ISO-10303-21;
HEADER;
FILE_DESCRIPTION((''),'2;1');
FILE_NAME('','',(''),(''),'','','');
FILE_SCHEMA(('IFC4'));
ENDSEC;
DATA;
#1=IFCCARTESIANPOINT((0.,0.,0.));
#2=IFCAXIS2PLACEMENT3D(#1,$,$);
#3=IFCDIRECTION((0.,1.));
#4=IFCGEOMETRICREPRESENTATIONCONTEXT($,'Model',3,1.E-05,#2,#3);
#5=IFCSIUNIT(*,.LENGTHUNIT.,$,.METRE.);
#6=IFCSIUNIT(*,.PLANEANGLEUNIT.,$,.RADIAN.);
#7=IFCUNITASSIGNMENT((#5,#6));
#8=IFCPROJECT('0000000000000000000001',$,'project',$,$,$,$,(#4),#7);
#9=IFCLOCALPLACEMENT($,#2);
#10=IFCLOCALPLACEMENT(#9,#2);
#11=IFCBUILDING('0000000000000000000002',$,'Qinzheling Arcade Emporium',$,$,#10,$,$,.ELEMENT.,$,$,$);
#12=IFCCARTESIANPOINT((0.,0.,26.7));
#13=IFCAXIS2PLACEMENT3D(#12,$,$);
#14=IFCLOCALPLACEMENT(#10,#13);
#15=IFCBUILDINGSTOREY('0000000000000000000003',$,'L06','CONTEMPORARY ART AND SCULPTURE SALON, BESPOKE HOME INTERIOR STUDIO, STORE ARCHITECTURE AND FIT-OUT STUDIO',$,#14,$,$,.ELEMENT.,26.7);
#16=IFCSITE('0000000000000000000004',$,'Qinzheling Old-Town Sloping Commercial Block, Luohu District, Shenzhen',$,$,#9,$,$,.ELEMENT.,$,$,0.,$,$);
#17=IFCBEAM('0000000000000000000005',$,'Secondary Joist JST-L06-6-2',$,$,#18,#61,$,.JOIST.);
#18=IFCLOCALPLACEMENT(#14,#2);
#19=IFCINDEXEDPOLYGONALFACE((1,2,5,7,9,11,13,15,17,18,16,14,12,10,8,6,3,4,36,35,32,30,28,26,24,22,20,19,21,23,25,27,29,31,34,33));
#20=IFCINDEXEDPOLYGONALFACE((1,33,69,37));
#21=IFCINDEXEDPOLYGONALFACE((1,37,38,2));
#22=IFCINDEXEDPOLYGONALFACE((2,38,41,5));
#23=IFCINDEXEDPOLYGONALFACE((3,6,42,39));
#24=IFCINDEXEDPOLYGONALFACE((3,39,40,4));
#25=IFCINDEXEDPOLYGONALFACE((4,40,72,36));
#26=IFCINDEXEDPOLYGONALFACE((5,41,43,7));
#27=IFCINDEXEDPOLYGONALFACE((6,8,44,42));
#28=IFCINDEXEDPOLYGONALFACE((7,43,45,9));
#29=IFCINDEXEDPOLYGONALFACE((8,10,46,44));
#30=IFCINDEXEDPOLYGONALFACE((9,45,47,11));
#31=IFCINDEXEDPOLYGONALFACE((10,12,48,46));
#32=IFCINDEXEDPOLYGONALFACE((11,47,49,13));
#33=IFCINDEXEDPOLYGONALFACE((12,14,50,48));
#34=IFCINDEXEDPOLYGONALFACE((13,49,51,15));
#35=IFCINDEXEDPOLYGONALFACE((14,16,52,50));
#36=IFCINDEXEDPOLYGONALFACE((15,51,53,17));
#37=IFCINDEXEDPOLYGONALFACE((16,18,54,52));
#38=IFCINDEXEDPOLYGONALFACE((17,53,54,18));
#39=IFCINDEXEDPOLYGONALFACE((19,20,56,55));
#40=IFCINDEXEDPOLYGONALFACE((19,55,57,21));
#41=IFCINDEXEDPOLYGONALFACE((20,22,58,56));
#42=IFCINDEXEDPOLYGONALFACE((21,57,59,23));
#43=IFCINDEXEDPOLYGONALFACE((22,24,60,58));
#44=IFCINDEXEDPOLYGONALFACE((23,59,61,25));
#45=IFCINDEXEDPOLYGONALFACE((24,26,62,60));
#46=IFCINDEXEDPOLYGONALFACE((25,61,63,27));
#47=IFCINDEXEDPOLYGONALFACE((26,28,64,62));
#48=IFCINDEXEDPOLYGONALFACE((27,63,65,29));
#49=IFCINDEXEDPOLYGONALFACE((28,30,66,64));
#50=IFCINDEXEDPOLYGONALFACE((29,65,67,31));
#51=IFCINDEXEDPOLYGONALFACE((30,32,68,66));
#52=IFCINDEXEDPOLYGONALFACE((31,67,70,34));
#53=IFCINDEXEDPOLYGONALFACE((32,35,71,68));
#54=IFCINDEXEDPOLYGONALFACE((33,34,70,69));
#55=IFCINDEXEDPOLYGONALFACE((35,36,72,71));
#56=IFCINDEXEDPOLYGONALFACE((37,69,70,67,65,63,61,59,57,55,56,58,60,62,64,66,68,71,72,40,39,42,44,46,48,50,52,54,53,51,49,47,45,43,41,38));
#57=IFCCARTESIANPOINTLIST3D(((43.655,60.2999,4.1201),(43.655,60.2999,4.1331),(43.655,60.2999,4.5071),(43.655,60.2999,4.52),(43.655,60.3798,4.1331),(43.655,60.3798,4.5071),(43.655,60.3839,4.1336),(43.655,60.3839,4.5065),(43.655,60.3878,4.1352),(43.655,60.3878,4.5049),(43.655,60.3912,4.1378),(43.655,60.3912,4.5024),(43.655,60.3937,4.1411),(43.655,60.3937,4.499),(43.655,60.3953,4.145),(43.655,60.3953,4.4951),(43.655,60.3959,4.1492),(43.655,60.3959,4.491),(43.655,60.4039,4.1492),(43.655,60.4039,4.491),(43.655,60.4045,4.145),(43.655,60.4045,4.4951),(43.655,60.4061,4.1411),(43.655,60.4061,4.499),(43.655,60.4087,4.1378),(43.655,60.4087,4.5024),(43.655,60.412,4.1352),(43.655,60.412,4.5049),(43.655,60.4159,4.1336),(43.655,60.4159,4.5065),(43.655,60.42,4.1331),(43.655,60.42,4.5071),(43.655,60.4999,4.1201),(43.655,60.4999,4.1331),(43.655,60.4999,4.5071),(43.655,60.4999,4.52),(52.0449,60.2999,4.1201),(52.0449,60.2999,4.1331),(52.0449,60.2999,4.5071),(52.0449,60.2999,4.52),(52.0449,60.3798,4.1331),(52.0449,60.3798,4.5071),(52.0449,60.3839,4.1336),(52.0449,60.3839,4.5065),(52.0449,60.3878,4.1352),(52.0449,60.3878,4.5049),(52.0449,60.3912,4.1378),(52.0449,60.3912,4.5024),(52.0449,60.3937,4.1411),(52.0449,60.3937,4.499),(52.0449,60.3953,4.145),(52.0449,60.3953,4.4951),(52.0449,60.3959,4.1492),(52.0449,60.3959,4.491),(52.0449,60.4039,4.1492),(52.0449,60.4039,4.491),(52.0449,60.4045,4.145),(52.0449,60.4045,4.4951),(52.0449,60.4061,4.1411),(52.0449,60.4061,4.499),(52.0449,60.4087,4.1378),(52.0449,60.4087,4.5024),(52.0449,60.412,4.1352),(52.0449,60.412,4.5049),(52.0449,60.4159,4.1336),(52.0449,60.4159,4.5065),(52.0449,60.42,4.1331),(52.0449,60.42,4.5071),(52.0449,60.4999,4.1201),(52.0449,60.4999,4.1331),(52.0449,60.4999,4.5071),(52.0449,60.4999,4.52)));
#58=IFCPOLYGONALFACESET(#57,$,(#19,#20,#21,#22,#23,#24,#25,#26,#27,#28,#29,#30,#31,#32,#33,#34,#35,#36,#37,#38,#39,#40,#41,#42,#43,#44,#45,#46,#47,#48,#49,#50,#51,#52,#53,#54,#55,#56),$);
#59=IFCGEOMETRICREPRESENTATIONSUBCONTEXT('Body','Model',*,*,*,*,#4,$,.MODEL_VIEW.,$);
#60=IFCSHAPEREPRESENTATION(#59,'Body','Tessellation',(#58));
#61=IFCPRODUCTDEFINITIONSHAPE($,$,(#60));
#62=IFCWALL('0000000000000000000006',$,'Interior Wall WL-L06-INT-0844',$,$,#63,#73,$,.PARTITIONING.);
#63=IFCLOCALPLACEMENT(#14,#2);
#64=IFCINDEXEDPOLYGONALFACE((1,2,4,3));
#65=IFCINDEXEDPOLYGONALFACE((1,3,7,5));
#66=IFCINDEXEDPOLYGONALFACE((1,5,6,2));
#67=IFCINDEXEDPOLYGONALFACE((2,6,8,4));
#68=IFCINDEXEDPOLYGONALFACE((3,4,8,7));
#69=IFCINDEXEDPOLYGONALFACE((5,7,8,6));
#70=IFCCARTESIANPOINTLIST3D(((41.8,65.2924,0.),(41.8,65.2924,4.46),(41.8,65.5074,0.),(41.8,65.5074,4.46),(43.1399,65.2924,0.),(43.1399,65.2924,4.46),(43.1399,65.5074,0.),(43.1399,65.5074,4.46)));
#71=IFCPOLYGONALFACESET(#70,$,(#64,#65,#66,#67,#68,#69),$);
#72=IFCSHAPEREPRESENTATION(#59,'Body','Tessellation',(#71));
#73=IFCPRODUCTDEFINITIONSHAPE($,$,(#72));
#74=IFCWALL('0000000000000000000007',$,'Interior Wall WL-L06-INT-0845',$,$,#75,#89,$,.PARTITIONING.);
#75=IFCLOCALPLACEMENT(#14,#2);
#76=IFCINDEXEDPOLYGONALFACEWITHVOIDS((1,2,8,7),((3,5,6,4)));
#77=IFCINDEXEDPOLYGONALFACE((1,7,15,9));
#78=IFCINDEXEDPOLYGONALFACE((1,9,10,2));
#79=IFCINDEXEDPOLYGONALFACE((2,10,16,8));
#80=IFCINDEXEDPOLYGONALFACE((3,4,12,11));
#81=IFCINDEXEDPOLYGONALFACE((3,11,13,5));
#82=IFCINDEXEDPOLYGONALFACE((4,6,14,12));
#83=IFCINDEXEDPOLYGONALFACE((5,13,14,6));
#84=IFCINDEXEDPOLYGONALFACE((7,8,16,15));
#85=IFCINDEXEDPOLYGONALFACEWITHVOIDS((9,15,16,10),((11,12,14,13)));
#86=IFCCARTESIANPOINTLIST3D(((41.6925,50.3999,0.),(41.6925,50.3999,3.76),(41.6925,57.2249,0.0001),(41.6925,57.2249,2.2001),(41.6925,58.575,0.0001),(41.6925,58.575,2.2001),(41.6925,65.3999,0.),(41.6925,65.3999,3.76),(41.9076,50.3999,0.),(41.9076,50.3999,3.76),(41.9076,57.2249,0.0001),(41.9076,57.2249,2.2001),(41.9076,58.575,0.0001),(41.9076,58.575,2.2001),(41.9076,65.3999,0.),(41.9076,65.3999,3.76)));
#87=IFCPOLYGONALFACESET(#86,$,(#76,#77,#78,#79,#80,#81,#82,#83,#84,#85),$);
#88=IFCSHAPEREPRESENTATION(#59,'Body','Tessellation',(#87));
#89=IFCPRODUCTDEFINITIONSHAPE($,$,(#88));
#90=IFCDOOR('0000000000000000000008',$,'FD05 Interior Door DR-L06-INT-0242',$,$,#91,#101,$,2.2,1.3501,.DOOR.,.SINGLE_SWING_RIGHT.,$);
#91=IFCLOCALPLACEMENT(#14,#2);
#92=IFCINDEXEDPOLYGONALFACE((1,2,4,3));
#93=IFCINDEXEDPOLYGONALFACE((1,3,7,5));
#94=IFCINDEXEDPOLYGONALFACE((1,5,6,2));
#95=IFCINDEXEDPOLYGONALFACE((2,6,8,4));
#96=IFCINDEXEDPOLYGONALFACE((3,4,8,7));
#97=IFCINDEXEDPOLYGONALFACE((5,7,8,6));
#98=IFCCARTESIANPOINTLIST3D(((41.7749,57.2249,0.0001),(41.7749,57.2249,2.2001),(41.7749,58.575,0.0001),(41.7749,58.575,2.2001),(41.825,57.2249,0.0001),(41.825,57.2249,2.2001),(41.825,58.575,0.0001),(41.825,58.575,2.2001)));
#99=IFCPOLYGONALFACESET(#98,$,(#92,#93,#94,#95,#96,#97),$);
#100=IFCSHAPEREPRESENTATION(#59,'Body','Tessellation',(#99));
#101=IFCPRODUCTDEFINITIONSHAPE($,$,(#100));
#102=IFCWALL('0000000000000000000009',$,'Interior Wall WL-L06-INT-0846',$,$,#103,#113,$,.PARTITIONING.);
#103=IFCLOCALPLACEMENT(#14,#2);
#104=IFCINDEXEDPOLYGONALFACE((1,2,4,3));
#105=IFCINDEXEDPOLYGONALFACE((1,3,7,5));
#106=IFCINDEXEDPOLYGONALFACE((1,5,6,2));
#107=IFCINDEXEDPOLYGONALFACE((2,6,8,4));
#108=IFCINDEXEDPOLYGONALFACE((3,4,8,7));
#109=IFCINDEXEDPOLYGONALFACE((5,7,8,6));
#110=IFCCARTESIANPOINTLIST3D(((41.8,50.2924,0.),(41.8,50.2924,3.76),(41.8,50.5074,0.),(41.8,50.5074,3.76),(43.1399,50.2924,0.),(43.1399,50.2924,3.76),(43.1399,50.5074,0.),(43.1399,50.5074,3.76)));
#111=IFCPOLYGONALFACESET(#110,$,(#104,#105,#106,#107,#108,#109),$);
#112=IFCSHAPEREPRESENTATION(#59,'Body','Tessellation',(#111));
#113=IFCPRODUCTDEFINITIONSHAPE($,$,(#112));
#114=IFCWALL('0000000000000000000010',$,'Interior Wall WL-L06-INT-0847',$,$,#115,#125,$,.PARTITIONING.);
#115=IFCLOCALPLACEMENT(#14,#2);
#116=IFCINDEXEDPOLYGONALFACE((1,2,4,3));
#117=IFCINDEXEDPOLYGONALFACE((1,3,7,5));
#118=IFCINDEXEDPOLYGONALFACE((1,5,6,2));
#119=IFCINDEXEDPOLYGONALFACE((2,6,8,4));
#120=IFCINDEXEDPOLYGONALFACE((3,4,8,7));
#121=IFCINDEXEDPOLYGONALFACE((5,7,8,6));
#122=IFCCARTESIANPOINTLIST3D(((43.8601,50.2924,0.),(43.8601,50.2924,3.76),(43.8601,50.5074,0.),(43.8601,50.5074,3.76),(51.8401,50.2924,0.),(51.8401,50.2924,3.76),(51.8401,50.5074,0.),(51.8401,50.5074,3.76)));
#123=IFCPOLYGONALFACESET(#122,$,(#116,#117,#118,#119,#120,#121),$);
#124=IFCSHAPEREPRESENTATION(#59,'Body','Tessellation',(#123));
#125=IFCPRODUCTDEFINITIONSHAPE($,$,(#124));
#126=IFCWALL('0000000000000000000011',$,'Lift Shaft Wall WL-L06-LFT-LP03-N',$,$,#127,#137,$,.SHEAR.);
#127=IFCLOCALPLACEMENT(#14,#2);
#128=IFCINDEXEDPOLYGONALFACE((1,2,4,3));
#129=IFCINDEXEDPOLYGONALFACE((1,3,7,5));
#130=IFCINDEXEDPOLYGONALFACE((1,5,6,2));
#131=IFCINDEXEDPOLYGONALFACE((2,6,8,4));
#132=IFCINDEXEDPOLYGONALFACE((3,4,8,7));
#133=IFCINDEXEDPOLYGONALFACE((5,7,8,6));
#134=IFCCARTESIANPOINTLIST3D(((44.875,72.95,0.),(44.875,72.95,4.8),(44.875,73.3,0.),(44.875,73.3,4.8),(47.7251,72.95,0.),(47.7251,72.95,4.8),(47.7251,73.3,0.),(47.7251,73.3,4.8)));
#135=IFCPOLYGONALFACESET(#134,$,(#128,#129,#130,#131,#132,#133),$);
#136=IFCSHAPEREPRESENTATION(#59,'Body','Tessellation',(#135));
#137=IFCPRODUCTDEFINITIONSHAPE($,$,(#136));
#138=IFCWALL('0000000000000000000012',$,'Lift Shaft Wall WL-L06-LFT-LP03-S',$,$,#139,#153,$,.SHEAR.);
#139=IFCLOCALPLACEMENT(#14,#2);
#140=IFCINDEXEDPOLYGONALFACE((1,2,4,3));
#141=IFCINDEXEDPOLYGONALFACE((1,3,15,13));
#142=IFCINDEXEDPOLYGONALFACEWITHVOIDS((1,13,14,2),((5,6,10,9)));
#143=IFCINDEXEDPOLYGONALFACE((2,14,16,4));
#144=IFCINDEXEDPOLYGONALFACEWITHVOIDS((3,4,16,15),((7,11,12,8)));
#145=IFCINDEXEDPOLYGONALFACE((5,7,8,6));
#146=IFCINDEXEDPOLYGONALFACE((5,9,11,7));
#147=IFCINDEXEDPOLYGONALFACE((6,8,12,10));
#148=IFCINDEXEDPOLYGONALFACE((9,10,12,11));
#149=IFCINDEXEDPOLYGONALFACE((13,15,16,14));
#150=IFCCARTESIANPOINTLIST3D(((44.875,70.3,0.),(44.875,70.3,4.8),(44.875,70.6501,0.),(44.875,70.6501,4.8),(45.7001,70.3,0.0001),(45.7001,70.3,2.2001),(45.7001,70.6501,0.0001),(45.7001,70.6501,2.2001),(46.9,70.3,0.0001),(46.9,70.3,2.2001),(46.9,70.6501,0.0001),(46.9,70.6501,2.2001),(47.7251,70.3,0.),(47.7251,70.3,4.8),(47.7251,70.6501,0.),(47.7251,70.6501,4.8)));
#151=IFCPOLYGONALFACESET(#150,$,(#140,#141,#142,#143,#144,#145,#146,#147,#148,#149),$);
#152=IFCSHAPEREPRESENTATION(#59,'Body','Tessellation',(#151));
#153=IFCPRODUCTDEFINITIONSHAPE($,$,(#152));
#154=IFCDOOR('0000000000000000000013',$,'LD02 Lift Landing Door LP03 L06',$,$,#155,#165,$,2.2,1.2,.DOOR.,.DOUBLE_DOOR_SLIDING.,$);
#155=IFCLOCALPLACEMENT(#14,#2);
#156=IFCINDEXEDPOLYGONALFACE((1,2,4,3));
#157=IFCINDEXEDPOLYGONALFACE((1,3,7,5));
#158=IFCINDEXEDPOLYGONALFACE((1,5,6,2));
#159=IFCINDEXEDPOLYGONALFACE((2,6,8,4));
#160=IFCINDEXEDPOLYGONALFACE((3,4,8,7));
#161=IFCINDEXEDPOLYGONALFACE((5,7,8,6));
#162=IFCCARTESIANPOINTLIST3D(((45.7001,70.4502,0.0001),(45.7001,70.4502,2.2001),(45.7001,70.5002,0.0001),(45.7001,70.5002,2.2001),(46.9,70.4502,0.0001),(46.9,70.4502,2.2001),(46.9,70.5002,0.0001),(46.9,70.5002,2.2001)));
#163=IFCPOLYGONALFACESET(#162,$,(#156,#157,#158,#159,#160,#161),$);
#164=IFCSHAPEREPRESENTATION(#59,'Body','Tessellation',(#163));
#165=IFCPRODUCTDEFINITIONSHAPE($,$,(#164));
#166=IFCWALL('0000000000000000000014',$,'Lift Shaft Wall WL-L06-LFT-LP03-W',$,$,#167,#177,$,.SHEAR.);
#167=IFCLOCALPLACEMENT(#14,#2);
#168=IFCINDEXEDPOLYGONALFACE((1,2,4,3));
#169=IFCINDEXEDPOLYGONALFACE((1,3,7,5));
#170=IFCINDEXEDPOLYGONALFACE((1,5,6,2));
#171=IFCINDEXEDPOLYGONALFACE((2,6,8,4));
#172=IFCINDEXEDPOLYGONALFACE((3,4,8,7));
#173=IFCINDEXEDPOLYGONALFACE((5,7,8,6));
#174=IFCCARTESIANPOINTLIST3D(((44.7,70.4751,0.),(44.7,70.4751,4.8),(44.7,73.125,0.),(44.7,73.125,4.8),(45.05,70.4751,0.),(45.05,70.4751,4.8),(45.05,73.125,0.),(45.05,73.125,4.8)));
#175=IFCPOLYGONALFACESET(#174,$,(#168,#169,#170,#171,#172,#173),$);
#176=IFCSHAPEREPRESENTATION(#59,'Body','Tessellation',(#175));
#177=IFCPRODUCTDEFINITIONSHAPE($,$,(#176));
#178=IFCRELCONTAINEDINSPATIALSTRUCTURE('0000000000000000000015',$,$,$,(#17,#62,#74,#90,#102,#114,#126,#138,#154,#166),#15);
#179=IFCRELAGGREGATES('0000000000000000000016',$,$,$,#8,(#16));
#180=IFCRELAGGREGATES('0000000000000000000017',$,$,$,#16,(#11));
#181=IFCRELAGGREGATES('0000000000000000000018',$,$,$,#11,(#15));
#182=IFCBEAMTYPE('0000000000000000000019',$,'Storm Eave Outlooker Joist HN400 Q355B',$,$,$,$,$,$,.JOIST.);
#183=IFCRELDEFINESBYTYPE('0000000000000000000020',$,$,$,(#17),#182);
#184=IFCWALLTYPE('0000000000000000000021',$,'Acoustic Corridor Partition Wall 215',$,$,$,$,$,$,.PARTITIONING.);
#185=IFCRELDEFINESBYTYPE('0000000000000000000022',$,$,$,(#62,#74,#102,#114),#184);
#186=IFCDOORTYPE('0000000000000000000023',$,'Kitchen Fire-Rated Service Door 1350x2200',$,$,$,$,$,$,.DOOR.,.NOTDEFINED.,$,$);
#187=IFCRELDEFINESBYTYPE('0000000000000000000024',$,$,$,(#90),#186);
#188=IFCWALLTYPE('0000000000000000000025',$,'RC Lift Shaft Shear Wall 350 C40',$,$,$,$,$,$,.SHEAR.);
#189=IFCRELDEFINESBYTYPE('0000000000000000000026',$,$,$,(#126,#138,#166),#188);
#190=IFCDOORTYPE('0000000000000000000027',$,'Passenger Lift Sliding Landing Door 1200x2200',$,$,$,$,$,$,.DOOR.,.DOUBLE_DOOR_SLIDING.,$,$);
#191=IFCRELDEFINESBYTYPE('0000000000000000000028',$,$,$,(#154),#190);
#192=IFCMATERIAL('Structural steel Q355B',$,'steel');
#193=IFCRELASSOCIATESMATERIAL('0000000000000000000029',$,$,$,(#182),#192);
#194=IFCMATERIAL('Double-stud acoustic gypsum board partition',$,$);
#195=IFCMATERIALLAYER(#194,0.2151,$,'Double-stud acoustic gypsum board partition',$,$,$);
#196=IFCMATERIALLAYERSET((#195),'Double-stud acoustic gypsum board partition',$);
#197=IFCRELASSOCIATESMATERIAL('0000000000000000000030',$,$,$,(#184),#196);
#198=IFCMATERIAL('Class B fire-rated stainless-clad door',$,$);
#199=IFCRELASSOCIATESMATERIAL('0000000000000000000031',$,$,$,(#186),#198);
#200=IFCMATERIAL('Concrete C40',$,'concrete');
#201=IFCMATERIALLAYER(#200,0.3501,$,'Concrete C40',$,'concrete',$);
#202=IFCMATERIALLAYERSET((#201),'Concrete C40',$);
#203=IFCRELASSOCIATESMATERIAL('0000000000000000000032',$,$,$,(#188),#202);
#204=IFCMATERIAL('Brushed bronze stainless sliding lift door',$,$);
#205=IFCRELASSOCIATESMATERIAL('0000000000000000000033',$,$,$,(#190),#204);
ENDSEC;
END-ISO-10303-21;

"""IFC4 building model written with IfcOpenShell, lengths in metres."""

from ifc_helpers import new_model, si_unit, direction, frame, frame_2d, origin, origin_2d, place, context, subcontext, project, spatial, rectangle, i_section, extrude, material, layer, layer_set, material_profile, profile_set, type_object, element, fill, save


model = new_model("IFC4")

# Units and contexts
model_context = context("Model", 3, precision=1e-05, world=origin(), true_north=direction((0.0, 1.0)))
body_context = subcontext(model_context, "Body", "Model", "MODEL_VIEW")
ifc_project = project(units=[si_unit("LENGTHUNIT", "METRE"), si_unit("PLANEANGLEUNIT", "RADIAN")], contexts=[model_context])

# Site, building, storey
site_placement = place(None, origin())
site = spatial("IfcSite", under=ifc_project, at=site_placement, Name="Qinzheling Old-Town Sloping Commercial Block, Luohu District, Shenzhen", CompositionType="ELEMENT", RefElevation=0.0)
building_placement = place(site_placement, origin())
building = spatial("IfcBuilding", under=site, at=building_placement, Name="Qinzheling Arcade Emporium", CompositionType="ELEMENT")
storey_placement = place(building_placement, frame((0.0, 0.0, 26.7)))
storey = spatial("IfcBuildingStorey", under=building, at=storey_placement, Name="L06", Description="CONTEMPORARY ART AND SCULPTURE SALON, BESPOKE HOME INTERIOR STUDIO, STORE ARCHITECTURE AND FIT-OUT STUDIO", CompositionType="ELEMENT", Elevation=26.7)

# Shared definitions
ifc_material_1 = material(Name="Concrete C40", Category="concrete")

# Beam
ifc_material_2 = material(Name="Structural steel Q355B", Category="steel")
ifc_material_profile_1 = material_profile(ifc_material_2, i_section(OverallWidth=0.2, OverallDepth=0.3999, WebThickness=0.0081, FlangeThickness=0.0129, FilletRadius=0.0161, at=origin_2d()), Name="HN 400x200x8x13", Category="steel")
ifc_profile_set_1 = profile_set([ifc_material_profile_1], Name="Structural steel Q355B")
beam_type_1 = type_object("IfcBeamType", Name="Storm Eave Outlooker Joist HN400 Q355B", PredefinedType="JOIST", material=ifc_profile_set_1)
beam_1_placement = place(storey_placement, frame((43.655, 60.3999, 4.3201), z_axis=(1.0, 0.0, 0.0), x_axis=(0.0, 1.0, 0.0)))
element("IfcBeam", 1, at=beam_1_placement, inside=storey, type_object=beam_type_1, Name="Secondary Joist JST-L06-6-2", PredefinedType="JOIST", context=body_context, shape_type="SweptSolid", body=[
    extrude(i_section(OverallWidth=0.2, OverallDepth=0.3999, WebThickness=0.0081, FlangeThickness=0.0129, FilletRadius=0.0161, at=origin_2d()), origin(), (0.0, 0.0, 1.0), 8.3899),
])

# Wall
ifc_material_3 = material(Name="Double-stud acoustic gypsum board partition")
ifc_layer_1 = layer(ifc_material_3, 0.2151, Name="Double-stud acoustic gypsum board partition")
ifc_layer_set_1 = layer_set([ifc_layer_1], Name="Double-stud acoustic gypsum board partition")
wall_type_1 = type_object("IfcWallType", Name="Acoustic Corridor Partition Wall 215", PredefinedType="PARTITIONING", material=ifc_layer_set_1)
wall_1_placement = place(storey_placement, frame((43.1399, 65.3999, 0.0), z_axis=(0.0, 0.0, 1.0), x_axis=(-1.0, 0.0, 0.0)))
element("IfcWall", 2, at=wall_1_placement, inside=storey, type_object=wall_type_1, Name="Interior Wall WL-L06-INT-0844", PredefinedType="PARTITIONING", context=body_context, shape_type="SweptSolid", body=[
    extrude(rectangle(XDim=1.3398, YDim=0.2151, at=frame_2d((0.6699, 0.0))), origin(), (0.0, 0.0, 1.0), 4.46),
])

# Wall, opening, door
wall_2_placement = place(storey_placement, frame((41.8, 65.3999, 0.0), z_axis=(0.0, 0.0, 1.0), x_axis=(0.0, -1.0, 0.0)))
wall_2 = element("IfcWall", 3, at=wall_2_placement, inside=storey, type_object=wall_type_1, Name="Interior Wall WL-L06-INT-0845", PredefinedType="PARTITIONING", context=body_context, shape_type="SweptSolid", body=[
    extrude(rectangle(XDim=15.0, YDim=0.2151, at=frame_2d((7.5, 0.0))), origin(), (0.0, 0.0, 1.0), 3.76),
])
opening_1_placement = place(wall_2_placement, frame((6.825, 0.0, 0.0)))
opening_1 = element("IfcOpeningElement", 4, at=opening_1_placement, cuts=wall_2, PredefinedType="OPENING", context=body_context, shape_type="SweptSolid", body=[
    extrude(rectangle(XDim=1.3501, YDim=2.2, at=frame_2d((0.675, 1.1001))), frame((0.0, 0.1177, 0.0), z_axis=(0.0, -1.0, 0.0), x_axis=(1.0, 0.0, 0.0)), (0.0, 0.0, 1.0), 0.2351),
])
ifc_material_4 = material(Name="Class B fire-rated stainless-clad door")
door_type_1 = type_object("IfcDoorType", Name="Kitchen Fire-Rated Service Door 1350x2200", OperationType="NOTDEFINED", PredefinedType="DOOR", material=ifc_material_4)
door_1_placement = place(opening_1_placement, origin())
door_1 = element("IfcDoor", 5, at=door_1_placement, inside=storey, type_object=door_type_1, Name="FD05 Interior Door DR-L06-INT-0242", OperationType="SINGLE_SWING_RIGHT", OverallHeight=2.2, OverallWidth=1.3501, PredefinedType="DOOR", context=body_context, shape_type="SweptSolid", body=[
    extrude(rectangle(XDim=1.3501, YDim=2.2, at=frame_2d((0.675, 1.1001))), frame((0.0, 0.0249, 0.0), z_axis=(0.0, -1.0, 0.0), x_axis=(1.0, 0.0, 0.0)), (0.0, 0.0, 1.0), 0.05),
])
fill(opening_1, door_1)

# Walls
wall_3_placement = place(storey_placement, frame((41.8, 50.3999, 0.0), z_axis=(0.0, 0.0, 1.0), x_axis=(1.0, 0.0, 0.0)))
element("IfcWall", 6, at=wall_3_placement, inside=storey, type_object=wall_type_1, Name="Interior Wall WL-L06-INT-0846", PredefinedType="PARTITIONING", context=body_context, shape_type="SweptSolid", body=[
    extrude(rectangle(XDim=1.3398, YDim=0.2151, at=frame_2d((0.6699, 0.0))), origin(), (0.0, 0.0, 1.0), 3.76),
])
wall_4_placement = place(storey_placement, frame((43.8601, 50.3999, 0.0), z_axis=(0.0, 0.0, 1.0), x_axis=(1.0, 0.0, 0.0)))
element("IfcWall", 7, at=wall_4_placement, inside=storey, type_object=wall_type_1, Name="Interior Wall WL-L06-INT-0847", PredefinedType="PARTITIONING", context=body_context, shape_type="SweptSolid", body=[
    extrude(rectangle(XDim=7.98, YDim=0.2151, at=frame_2d((3.99, 0.0))), origin(), (0.0, 0.0, 1.0), 3.76),
])
ifc_layer_2 = layer(ifc_material_1, 0.3501, Name="Concrete C40", Category="concrete")
ifc_layer_set_2 = layer_set([ifc_layer_2], Name="Concrete C40")
wall_type_2 = type_object("IfcWallType", Name="RC Lift Shaft Shear Wall 350 C40", PredefinedType="SHEAR", material=ifc_layer_set_2)
wall_5_placement = place(storey_placement, frame((44.875, 73.125, 0.0), z_axis=(0.0, 0.0, 1.0), x_axis=(1.0, 0.0, 0.0)))
element("IfcWall", 8, at=wall_5_placement, inside=storey, type_object=wall_type_2, Name="Lift Shaft Wall WL-L06-LFT-LP03-N", PredefinedType="SHEAR", context=body_context, shape_type="SweptSolid", body=[
    extrude(rectangle(XDim=2.8501, YDim=0.3501, at=frame_2d((1.425, 0.0))), origin(), (0.0, 0.0, 1.0), 4.8),
])

# Wall, opening, door
wall_6_placement = place(storey_placement, frame((47.7251, 70.4751, 0.0), z_axis=(0.0, 0.0, 1.0), x_axis=(-1.0, 0.0, 0.0)))
wall_6 = element("IfcWall", 9, at=wall_6_placement, inside=storey, type_object=wall_type_2, Name="Lift Shaft Wall WL-L06-LFT-LP03-S", PredefinedType="SHEAR", context=body_context, shape_type="SweptSolid", body=[
    extrude(rectangle(XDim=2.8501, YDim=0.3501, at=frame_2d((1.425, 0.0))), origin(), (0.0, 0.0, 1.0), 4.8),
])
opening_2_placement = place(wall_6_placement, frame((0.825, 0.0, 0.0)))
opening_2 = element("IfcOpeningElement", 10, at=opening_2_placement, cuts=wall_6, PredefinedType="OPENING", context=body_context, shape_type="SweptSolid", body=[
    extrude(rectangle(XDim=1.2, YDim=2.2, at=frame_2d((0.6001, 1.1001))), frame((0.0, 0.1851, 0.0), z_axis=(0.0, -1.0, 0.0), x_axis=(1.0, 0.0, 0.0)), (0.0, 0.0, 1.0), 0.3701),
])
ifc_material_5 = material(Name="Brushed bronze stainless sliding lift door")
door_type_2 = type_object("IfcDoorType", Name="Passenger Lift Sliding Landing Door 1200x2200", OperationType="DOUBLE_DOOR_SLIDING", PredefinedType="DOOR", material=ifc_material_5)
door_2_placement = place(opening_2_placement, origin())
door_2 = element("IfcDoor", 11, at=door_2_placement, inside=storey, type_object=door_type_2, Name="LD02 Lift Landing Door LP03 L06", OperationType="DOUBLE_DOOR_SLIDING", OverallHeight=2.2, OverallWidth=1.2, PredefinedType="DOOR", context=body_context, shape_type="SweptSolid", body=[
    extrude(rectangle(XDim=1.2, YDim=2.2, at=frame_2d((0.6001, 1.1001))), frame((0.0, 0.0249, 0.0), z_axis=(0.0, -1.0, 0.0), x_axis=(1.0, 0.0, 0.0)), (0.0, 0.0, 1.0), 0.05),
])
fill(opening_2, door_2)

# Wall
for number, where, z_axis, x_axis, name in (
    (12, (44.875, 70.4751, 0.0), (0.0, 0.0, 1.0), (0.0, 1.0, 0.0), "Lift Shaft Wall WL-L06-LFT-LP03-W"),
):
    element("IfcWall", number, at=place(storey_placement, frame(where, z_axis=z_axis, x_axis=x_axis)), inside=storey, type_object=wall_type_2, Name=name, PredefinedType="SHEAR", context=body_context, shape_type="SweptSolid", body=[
        extrude(rectangle(XDim=2.6499, YDim=0.3501, at=frame_2d((1.325, 0.0))), origin(), (0.0, 0.0, 1.0), 4.8),
    ])

save(model, "model.ifc")
